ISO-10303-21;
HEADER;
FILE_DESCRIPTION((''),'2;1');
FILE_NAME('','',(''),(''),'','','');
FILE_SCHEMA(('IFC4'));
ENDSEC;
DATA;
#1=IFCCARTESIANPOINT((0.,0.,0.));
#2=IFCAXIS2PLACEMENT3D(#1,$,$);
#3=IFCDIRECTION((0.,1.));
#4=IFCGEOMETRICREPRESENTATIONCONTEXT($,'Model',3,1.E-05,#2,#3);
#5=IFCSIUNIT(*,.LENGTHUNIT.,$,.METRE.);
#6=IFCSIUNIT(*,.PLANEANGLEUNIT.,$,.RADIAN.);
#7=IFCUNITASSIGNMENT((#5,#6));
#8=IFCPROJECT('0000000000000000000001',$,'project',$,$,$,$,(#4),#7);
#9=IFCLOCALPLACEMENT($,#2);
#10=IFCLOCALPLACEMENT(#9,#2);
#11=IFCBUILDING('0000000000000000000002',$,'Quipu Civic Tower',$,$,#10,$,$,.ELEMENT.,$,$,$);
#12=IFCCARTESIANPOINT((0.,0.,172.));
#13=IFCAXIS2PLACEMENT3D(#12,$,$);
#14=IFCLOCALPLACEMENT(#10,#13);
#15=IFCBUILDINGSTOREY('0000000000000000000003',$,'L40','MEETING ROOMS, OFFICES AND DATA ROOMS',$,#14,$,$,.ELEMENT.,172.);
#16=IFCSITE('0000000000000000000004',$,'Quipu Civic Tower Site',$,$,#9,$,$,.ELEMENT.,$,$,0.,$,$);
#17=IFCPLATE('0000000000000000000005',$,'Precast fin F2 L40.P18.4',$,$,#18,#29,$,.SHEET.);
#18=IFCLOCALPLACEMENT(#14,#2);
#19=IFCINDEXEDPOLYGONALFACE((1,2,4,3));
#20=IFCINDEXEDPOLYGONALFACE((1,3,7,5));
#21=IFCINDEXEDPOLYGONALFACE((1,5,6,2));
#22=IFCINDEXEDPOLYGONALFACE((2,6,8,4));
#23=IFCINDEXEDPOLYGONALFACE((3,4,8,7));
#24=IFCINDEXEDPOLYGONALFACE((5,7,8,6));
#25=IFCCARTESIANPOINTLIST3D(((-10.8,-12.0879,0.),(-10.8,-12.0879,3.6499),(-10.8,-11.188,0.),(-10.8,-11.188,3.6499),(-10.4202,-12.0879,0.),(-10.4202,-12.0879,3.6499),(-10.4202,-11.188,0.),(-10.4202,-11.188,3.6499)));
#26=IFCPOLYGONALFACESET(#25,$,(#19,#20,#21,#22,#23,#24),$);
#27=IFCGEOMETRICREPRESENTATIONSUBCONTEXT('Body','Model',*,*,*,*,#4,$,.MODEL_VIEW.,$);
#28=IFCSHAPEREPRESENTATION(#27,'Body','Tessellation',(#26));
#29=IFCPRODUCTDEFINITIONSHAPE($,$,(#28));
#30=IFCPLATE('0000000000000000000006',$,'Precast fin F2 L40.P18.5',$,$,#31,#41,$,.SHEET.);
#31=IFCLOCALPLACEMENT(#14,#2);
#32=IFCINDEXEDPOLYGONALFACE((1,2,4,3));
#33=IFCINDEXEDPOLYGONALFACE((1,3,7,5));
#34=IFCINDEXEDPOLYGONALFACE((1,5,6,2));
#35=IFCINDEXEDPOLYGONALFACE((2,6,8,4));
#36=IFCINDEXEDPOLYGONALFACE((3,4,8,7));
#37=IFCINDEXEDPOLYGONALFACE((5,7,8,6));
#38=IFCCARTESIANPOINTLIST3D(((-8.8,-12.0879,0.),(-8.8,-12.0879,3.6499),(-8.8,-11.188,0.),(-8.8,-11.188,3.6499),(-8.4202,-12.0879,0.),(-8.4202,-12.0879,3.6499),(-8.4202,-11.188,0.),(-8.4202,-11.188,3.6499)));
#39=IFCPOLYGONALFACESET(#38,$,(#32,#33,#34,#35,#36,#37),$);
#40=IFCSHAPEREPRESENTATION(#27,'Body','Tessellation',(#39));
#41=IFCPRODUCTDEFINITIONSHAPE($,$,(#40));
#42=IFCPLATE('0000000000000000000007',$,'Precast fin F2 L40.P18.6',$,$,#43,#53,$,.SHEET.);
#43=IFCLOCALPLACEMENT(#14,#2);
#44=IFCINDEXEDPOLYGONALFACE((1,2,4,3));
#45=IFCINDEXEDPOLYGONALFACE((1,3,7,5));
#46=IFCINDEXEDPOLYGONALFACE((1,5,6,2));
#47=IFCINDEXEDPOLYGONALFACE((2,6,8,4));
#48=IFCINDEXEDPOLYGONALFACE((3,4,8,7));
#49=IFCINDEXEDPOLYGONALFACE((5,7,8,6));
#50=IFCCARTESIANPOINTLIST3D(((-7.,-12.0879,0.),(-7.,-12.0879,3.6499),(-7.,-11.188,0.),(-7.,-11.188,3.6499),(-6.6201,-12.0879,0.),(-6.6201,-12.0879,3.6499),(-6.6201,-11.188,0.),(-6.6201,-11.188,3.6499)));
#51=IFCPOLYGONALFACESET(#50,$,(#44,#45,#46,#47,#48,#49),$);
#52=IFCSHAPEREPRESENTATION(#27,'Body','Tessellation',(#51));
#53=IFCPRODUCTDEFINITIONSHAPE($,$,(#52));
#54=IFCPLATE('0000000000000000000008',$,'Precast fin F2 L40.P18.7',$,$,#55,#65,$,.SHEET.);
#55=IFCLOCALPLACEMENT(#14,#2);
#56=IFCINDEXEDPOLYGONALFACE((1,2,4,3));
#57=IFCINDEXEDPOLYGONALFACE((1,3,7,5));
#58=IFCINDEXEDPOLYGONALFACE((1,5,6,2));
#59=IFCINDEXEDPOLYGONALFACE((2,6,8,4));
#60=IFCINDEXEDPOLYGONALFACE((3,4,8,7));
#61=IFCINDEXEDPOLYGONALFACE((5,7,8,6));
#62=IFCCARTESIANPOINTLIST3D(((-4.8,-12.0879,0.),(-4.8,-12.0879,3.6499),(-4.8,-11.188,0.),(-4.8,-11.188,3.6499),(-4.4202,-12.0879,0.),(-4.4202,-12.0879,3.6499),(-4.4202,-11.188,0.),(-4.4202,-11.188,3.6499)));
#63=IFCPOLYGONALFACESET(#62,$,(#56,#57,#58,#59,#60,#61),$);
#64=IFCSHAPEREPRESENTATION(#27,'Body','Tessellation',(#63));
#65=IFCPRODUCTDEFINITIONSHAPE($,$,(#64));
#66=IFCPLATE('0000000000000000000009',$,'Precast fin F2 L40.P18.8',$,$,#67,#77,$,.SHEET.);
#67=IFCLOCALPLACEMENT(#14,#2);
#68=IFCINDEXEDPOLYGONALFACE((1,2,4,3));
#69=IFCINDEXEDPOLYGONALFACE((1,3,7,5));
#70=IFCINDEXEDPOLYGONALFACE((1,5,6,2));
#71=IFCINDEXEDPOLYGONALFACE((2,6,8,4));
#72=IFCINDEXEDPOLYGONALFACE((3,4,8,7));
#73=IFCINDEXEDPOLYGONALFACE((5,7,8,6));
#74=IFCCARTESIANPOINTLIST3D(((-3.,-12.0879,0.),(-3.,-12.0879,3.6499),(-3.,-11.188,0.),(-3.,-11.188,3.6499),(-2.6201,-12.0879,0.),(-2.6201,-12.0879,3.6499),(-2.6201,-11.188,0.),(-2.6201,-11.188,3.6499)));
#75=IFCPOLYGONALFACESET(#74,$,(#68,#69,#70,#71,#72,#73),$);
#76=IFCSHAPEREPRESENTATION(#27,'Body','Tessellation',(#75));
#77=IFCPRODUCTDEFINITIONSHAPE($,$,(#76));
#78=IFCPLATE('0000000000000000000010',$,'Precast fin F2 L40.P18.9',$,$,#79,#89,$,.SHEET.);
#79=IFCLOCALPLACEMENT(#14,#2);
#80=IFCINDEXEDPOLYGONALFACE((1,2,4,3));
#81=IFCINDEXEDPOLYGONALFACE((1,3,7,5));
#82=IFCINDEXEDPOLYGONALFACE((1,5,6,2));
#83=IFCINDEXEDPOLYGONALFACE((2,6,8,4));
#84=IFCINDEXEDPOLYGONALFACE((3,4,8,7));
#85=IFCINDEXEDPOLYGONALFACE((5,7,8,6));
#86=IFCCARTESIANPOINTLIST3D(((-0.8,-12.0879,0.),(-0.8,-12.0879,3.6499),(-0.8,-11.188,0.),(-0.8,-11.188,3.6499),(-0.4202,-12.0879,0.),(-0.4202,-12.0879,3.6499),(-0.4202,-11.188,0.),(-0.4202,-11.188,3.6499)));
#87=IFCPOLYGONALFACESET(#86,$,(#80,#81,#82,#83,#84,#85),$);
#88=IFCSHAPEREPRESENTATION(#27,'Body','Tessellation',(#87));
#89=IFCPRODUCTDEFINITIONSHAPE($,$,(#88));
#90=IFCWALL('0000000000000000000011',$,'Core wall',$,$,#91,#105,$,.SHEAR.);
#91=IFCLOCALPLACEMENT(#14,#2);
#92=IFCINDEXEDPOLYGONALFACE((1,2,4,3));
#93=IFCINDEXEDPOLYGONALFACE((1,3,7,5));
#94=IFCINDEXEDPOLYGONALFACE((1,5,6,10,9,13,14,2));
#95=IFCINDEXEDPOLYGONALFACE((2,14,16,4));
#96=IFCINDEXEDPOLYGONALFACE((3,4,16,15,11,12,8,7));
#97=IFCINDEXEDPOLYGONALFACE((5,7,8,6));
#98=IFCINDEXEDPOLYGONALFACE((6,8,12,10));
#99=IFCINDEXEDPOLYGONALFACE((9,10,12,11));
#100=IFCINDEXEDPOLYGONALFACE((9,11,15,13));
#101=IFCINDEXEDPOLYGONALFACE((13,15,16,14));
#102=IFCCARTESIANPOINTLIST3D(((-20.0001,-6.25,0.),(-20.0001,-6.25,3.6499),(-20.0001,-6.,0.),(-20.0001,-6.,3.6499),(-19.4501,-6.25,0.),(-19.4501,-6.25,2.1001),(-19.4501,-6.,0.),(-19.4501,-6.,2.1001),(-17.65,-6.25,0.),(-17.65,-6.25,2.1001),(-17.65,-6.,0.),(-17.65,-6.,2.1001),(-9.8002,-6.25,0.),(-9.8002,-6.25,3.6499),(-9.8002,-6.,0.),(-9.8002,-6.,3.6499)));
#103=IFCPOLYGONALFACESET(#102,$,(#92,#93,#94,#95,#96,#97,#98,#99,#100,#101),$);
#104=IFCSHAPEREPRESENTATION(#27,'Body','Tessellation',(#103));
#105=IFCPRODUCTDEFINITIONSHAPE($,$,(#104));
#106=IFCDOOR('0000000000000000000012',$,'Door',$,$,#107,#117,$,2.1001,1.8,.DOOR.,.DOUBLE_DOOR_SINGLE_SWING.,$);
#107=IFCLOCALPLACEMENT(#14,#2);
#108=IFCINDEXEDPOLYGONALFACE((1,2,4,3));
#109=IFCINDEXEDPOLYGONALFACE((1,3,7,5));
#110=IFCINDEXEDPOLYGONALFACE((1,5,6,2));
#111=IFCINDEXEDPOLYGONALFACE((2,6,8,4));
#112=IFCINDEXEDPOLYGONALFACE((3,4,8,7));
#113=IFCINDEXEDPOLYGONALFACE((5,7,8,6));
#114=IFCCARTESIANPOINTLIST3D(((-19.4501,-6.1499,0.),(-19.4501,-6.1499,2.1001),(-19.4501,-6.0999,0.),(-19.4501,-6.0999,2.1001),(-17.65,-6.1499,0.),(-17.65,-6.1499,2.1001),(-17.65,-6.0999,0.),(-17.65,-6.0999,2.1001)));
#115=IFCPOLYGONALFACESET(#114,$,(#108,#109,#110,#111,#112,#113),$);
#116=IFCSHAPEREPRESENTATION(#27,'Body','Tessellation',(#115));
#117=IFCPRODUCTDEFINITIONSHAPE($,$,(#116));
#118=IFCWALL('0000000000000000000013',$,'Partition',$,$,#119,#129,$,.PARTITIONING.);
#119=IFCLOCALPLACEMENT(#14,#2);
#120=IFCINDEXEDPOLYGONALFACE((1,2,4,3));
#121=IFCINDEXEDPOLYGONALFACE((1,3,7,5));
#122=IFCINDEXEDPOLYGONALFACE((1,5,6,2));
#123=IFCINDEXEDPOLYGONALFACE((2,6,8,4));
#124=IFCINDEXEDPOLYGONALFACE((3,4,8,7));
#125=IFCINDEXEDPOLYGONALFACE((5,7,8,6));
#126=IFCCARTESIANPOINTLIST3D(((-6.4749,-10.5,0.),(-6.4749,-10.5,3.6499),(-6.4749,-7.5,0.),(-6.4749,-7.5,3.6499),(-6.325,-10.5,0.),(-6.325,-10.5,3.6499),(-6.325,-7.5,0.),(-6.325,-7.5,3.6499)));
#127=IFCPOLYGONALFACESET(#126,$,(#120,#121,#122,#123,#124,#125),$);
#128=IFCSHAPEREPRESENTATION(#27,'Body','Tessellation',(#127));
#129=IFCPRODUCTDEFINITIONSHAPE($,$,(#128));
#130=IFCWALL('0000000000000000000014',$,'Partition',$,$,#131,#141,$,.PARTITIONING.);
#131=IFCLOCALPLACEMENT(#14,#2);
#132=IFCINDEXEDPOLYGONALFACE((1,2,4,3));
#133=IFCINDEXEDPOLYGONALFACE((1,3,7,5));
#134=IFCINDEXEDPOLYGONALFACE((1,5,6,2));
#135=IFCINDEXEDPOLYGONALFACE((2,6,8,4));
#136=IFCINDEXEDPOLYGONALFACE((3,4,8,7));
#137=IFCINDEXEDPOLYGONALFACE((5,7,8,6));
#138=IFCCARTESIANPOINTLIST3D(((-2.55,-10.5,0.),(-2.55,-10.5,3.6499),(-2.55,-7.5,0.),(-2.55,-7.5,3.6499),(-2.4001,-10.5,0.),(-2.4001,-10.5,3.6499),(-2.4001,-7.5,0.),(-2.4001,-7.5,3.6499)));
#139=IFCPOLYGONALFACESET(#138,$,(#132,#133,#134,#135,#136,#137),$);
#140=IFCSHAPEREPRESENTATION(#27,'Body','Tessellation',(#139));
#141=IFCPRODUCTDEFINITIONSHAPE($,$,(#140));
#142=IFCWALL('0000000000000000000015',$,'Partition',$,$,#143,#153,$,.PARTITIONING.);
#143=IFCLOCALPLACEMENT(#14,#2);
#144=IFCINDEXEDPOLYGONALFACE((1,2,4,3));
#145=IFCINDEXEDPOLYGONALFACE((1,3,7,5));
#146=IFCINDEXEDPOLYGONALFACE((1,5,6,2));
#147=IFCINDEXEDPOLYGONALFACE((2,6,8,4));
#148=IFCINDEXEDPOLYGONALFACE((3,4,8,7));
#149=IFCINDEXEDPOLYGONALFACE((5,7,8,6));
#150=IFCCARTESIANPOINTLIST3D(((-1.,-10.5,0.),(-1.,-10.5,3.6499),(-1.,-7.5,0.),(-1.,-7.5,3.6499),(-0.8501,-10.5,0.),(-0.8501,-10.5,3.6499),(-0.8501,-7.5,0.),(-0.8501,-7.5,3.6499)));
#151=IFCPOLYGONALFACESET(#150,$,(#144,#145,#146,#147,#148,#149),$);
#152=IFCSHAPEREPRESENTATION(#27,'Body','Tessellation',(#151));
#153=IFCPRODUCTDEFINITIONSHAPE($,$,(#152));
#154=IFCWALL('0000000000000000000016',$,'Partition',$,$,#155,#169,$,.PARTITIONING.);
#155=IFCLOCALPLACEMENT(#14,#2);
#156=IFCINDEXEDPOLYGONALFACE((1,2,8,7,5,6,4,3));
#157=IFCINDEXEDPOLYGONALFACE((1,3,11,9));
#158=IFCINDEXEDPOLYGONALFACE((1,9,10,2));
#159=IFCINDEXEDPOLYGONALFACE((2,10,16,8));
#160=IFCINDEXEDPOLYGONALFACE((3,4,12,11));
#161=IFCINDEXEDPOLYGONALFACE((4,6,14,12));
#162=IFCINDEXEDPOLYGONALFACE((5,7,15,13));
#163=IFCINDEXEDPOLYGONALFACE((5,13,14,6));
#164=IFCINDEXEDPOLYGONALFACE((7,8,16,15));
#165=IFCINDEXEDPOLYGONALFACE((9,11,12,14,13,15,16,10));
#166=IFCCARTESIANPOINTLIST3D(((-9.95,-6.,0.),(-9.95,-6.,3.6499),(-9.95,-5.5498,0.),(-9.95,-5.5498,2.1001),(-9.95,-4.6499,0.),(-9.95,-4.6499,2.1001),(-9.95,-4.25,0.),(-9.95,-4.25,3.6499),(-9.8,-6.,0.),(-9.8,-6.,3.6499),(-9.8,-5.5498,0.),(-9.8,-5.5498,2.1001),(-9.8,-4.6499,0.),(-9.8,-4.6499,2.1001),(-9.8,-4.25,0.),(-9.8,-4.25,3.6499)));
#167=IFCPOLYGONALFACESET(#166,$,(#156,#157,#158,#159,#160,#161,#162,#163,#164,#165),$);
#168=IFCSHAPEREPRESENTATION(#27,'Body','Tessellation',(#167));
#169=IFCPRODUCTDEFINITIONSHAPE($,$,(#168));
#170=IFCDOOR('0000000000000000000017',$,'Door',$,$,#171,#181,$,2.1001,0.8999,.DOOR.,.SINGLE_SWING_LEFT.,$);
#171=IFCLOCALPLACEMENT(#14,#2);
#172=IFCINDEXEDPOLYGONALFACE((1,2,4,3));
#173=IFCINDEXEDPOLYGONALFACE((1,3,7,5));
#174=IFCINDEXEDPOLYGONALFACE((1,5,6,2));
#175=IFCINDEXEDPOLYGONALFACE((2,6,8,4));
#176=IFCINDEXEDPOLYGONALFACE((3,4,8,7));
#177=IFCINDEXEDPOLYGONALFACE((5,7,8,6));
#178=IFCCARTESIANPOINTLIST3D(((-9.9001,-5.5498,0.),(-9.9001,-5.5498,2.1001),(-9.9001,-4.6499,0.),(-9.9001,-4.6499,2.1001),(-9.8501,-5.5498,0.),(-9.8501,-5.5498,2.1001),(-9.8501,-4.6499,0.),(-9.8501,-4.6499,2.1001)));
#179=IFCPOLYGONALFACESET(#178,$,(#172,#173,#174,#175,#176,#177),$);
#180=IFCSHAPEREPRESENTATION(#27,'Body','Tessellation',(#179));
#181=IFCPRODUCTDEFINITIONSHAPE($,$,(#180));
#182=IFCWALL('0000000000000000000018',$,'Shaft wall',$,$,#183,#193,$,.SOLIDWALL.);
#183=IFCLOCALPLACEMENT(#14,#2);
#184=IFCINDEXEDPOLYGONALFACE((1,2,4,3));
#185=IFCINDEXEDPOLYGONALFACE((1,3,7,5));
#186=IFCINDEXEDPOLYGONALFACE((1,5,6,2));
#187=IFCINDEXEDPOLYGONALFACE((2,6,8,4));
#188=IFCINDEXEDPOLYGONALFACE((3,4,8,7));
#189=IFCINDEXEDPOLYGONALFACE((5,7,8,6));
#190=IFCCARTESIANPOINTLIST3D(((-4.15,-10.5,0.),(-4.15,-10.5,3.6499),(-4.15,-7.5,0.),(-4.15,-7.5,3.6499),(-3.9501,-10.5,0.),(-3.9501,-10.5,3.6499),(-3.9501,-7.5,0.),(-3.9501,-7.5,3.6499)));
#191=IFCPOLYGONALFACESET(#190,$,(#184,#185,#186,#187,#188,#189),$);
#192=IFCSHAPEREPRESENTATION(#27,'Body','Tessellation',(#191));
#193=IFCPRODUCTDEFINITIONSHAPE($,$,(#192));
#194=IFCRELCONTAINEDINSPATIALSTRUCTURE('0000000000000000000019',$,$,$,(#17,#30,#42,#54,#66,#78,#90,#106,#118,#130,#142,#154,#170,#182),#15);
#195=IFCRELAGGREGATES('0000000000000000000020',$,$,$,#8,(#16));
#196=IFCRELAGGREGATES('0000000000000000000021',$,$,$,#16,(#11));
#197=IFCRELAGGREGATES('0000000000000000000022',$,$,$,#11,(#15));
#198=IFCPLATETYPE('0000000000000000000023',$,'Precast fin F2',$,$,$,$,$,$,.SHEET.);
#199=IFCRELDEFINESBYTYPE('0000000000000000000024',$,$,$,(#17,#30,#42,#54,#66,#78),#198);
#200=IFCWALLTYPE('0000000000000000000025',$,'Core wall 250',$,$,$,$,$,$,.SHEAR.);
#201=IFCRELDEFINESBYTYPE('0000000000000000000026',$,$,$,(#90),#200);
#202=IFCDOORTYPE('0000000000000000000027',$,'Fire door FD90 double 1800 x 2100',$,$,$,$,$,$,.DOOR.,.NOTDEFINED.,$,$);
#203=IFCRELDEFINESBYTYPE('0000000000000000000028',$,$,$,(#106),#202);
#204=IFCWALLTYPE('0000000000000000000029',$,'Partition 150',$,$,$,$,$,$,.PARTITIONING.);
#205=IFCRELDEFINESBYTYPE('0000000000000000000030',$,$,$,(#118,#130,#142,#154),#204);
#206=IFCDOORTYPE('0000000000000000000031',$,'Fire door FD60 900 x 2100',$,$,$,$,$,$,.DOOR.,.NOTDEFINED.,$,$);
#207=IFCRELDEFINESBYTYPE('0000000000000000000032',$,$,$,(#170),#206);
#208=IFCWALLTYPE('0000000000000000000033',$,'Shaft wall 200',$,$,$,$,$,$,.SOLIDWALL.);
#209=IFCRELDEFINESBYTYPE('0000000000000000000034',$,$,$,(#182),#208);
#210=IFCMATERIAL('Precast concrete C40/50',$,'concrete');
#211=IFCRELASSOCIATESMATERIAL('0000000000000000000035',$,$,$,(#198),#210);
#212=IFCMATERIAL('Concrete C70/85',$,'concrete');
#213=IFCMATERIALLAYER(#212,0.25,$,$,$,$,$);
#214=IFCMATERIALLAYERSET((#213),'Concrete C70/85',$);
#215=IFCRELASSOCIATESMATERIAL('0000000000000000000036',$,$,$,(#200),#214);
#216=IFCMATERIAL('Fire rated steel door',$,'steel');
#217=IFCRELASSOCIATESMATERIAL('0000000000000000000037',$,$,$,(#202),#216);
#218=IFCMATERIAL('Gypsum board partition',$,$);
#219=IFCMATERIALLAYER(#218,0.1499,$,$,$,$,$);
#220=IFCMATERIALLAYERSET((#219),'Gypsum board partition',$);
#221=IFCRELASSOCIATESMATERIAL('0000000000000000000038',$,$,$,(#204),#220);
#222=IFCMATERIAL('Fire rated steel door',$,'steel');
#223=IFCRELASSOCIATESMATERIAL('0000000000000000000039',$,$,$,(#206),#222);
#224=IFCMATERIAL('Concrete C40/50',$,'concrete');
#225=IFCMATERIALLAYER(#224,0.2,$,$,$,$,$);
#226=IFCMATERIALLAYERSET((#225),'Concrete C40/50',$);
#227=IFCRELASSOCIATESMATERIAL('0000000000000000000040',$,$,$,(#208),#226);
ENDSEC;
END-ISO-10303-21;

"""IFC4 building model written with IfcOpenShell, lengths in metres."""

from ifc_helpers import new_model, si_unit, direction, frame, frame_2d, origin, origin_2d, place, context, subcontext, project, spatial, rectangle, extrude, material, layer, layer_set, type_object, element, fill, save


model = new_model("IFC4")

# Units and contexts
model_context = context("Model", 3, precision=1e-05, world=origin(), true_north=direction((0.0, 1.0)))
body_context = subcontext(model_context, "Body", "Model", "MODEL_VIEW")
ifc_project = project(units=[si_unit("LENGTHUNIT", "METRE"), si_unit("PLANEANGLEUNIT", "RADIAN")], contexts=[model_context])

# Site, building, storey
site_placement = place(None, origin())
site = spatial("IfcSite", under=ifc_project, at=site_placement, Name="Quipu Civic Tower Site", CompositionType="ELEMENT", RefElevation=0.0)
building_placement = place(site_placement, origin())
building = spatial("IfcBuilding", under=site, at=building_placement, Name="Quipu Civic Tower", CompositionType="ELEMENT")
storey_placement = place(building_placement, frame((0.0, 0.0, 172.0)))
storey = spatial("IfcBuildingStorey", under=building, at=storey_placement, Name="L40", Description="MEETING ROOMS, OFFICES AND DATA ROOMS", CompositionType="ELEMENT", Elevation=172.0)

# Plates
ifc_material_1 = material(Name="Precast concrete C40/50", Category="concrete")
plate_type = type_object("IfcPlateType", Name="Precast fin F2", PredefinedType="SHEET", material=ifc_material_1)
for number, where, z_axis, x_axis, name in (
    (1, (-10.6101, -11.6379, 0.0), (0.0, 0.0, 1.0), (1.0, 0.0, 0.0), "Precast fin F2 L40.P18.4"),
    (2, (-8.6101, -11.6379, 0.0), (0.0, 0.0, 1.0), (1.0, 0.0, 0.0), "Precast fin F2 L40.P18.5"),
    (3, (-6.8101, -11.6379, 0.0), (0.0, 0.0, 1.0), (1.0, 0.0, 0.0), "Precast fin F2 L40.P18.6"),
    (4, (-4.6101, -11.6379, 0.0), (0.0, 0.0, 1.0), (1.0, 0.0, 0.0), "Precast fin F2 L40.P18.7"),
    (5, (-2.8101, -11.6379, 0.0), (0.0, 0.0, 1.0), (1.0, 0.0, 0.0), "Precast fin F2 L40.P18.8"),
    (6, (-0.6101, -11.6379, 0.0), (0.0, 0.0, 1.0), (1.0, 0.0, 0.0), "Precast fin F2 L40.P18.9"),
):
    element("IfcPlate", number, at=place(storey_placement, frame(where, z_axis=z_axis, x_axis=x_axis)), inside=storey, type_object=plate_type, Name=name, PredefinedType="SHEET", context=body_context, shape_type="SweptSolid", body=[
        extrude(rectangle(XDim=0.3799, YDim=0.8999, at=origin_2d()), origin(), (0.0, 0.0, 1.0), 3.6499),
    ])

# Wall, opening, door
ifc_material_2 = material(Name="Concrete C70/85", Category="concrete")
ifc_layer_1 = layer(ifc_material_2, 0.25)
ifc_layer_set_1 = layer_set([ifc_layer_1], Name="Concrete C70/85")
wall_type_1 = type_object("IfcWallType", Name="Core wall 250", PredefinedType="SHEAR", material=ifc_layer_set_1)
wall_1_placement = place(storey_placement, frame((-9.8, -6.125, 0.0), z_axis=(0.0, 0.0, 1.0), x_axis=(-1.0, 0.0, 0.0)))
wall_1 = element("IfcWall", 7, at=wall_1_placement, inside=storey, type_object=wall_type_1, Name="Core wall", PredefinedType="SHEAR", context=body_context, shape_type="SweptSolid", body=[
    extrude(rectangle(XDim=10.2, YDim=0.25, at=frame_2d((5.1001, 0.0))), origin(), (0.0, 0.0, 1.0), 3.6499),
])
opening_1_placement = place(wall_1_placement, frame((7.8501, 0.0, 0.0)))
opening_1 = element("IfcOpeningElement", 8, at=opening_1_placement, cuts=wall_1, PredefinedType="OPENING", context=body_context, shape_type="SweptSolid", body=[
    extrude(rectangle(XDim=1.8, YDim=2.1001, at=frame_2d((0.8999, 1.05))), frame((0.0, 0.135, 0.0), z_axis=(0.0, -1.0, 0.0), x_axis=(1.0, 0.0, 0.0)), (0.0, 0.0, 1.0), 0.27),
])
ifc_material_3 = material(Name="Fire rated steel door", Category="steel")
door_type_1 = type_object("IfcDoorType", Name="Fire door FD90 double 1800 x 2100", OperationType="NOTDEFINED", PredefinedType="DOOR", material=ifc_material_3)
door_1_placement = place(opening_1_placement, origin())
door_1 = element("IfcDoor", 9, at=door_1_placement, inside=storey, type_object=door_type_1, Name="Door", OperationType="DOUBLE_DOOR_SINGLE_SWING", OverallHeight=2.1001, OverallWidth=1.8, PredefinedType="DOOR", context=body_context, shape_type="SweptSolid", body=[
    extrude(rectangle(XDim=1.8, YDim=2.1001, at=frame_2d((0.8999, 1.05))), frame((0.0, 0.0249, 0.0), z_axis=(0.0, -1.0, 0.0), x_axis=(1.0, 0.0, 0.0)), (0.0, 0.0, 1.0), 0.05),
])
fill(opening_1, door_1)

# Walls
ifc_material_4 = material(Name="Gypsum board partition")
ifc_layer_2 = layer(ifc_material_4, 0.1499)
ifc_layer_set_2 = layer_set([ifc_layer_2], Name="Gypsum board partition")
wall_type_2 = type_object("IfcWallType", Name="Partition 150", PredefinedType="PARTITIONING", material=ifc_layer_set_2)
for number, where, z_axis, x_axis, name in (
    (10, (-6.3999, -10.5, 0.0), (0.0, 0.0, 1.0), (0.0, 1.0, 0.0), "Partition"),
    (11, (-2.4751, -10.5, 0.0), (0.0, 0.0, 1.0), (0.0, 1.0, 0.0), "Partition"),
    (12, (-0.925, -10.5, 0.0), (0.0, 0.0, 1.0), (0.0, 1.0, 0.0), "Partition"),
):
    element("IfcWall", number, at=place(storey_placement, frame(where, z_axis=z_axis, x_axis=x_axis)), inside=storey, type_object=wall_type_2, Name=name, PredefinedType="PARTITIONING", context=body_context, shape_type="SweptSolid", body=[
        extrude(rectangle(XDim=3.0, YDim=0.1499, at=frame_2d((1.5, 0.0))), origin(), (0.0, 0.0, 1.0), 3.6499),
    ])

# Wall, opening, door
wall_2_placement = place(storey_placement, frame((-9.875, -4.25, 0.0), z_axis=(0.0, 0.0, 1.0), x_axis=(0.0, -1.0, 0.0)))
wall_2 = element("IfcWall", 13, at=wall_2_placement, inside=storey, type_object=wall_type_2, Name="Partition", PredefinedType="PARTITIONING", context=body_context, shape_type="SweptSolid", body=[
    extrude(rectangle(XDim=1.75, YDim=0.1499, at=frame_2d((0.875, 0.0))), origin(), (0.0, 0.0, 1.0), 3.6499),
])
opening_2_placement = place(wall_2_placement, frame((0.3999, 0.0, 0.0)))
opening_2 = element("IfcOpeningElement", 14, at=opening_2_placement, cuts=wall_2, PredefinedType="OPENING", context=body_context, shape_type="SweptSolid", body=[
    extrude(rectangle(XDim=0.8999, YDim=2.1001, at=frame_2d((0.45, 1.05))), frame((0.0, 0.085, 0.0), z_axis=(0.0, -1.0, 0.0), x_axis=(1.0, 0.0, 0.0)), (0.0, 0.0, 1.0), 0.1699),
])
ifc_material_5 = material(Name="Fire rated steel door", Category="steel")
door_type_2 = type_object("IfcDoorType", Name="Fire door FD60 900 x 2100", OperationType="NOTDEFINED", PredefinedType="DOOR", material=ifc_material_5)
door_2_placement = place(opening_2_placement, origin())
door_2 = element("IfcDoor", 15, at=door_2_placement, inside=storey, type_object=door_type_2, Name="Door", OperationType="SINGLE_SWING_LEFT", OverallHeight=2.1001, OverallWidth=0.8999, PredefinedType="DOOR", context=body_context, shape_type="SweptSolid", body=[
    extrude(rectangle(XDim=0.8999, YDim=2.1001, at=frame_2d((0.45, 1.05))), frame((0.0, 0.0249, 0.0), z_axis=(0.0, -1.0, 0.0), x_axis=(1.0, 0.0, 0.0)), (0.0, 0.0, 1.0), 0.05),
])
fill(opening_2, door_2)

# Wall
ifc_material_6 = material(Name="Concrete C40/50", Category="concrete")
ifc_layer_3 = layer(ifc_material_6, 0.2)
ifc_layer_set_3 = layer_set([ifc_layer_3], Name="Concrete C40/50")
wall_type_3 = type_object("IfcWallType", Name="Shaft wall 200", PredefinedType="SOLIDWALL", material=ifc_layer_set_3)
wall_3_placement = place(storey_placement, frame((-4.05, -10.5, 0.0), z_axis=(0.0, 0.0, 1.0), x_axis=(0.0, 1.0, 0.0)))
element("IfcWall", 16, at=wall_3_placement, inside=storey, type_object=wall_type_3, Name="Shaft wall", PredefinedType="SOLIDWALL", context=body_context, shape_type="SweptSolid", body=[
    extrude(rectangle(XDim=3.0, YDim=0.2, at=frame_2d((1.5, 0.0))), origin(), (0.0, 0.0, 1.0), 3.6499),
])

save(model, "model.ifc")
